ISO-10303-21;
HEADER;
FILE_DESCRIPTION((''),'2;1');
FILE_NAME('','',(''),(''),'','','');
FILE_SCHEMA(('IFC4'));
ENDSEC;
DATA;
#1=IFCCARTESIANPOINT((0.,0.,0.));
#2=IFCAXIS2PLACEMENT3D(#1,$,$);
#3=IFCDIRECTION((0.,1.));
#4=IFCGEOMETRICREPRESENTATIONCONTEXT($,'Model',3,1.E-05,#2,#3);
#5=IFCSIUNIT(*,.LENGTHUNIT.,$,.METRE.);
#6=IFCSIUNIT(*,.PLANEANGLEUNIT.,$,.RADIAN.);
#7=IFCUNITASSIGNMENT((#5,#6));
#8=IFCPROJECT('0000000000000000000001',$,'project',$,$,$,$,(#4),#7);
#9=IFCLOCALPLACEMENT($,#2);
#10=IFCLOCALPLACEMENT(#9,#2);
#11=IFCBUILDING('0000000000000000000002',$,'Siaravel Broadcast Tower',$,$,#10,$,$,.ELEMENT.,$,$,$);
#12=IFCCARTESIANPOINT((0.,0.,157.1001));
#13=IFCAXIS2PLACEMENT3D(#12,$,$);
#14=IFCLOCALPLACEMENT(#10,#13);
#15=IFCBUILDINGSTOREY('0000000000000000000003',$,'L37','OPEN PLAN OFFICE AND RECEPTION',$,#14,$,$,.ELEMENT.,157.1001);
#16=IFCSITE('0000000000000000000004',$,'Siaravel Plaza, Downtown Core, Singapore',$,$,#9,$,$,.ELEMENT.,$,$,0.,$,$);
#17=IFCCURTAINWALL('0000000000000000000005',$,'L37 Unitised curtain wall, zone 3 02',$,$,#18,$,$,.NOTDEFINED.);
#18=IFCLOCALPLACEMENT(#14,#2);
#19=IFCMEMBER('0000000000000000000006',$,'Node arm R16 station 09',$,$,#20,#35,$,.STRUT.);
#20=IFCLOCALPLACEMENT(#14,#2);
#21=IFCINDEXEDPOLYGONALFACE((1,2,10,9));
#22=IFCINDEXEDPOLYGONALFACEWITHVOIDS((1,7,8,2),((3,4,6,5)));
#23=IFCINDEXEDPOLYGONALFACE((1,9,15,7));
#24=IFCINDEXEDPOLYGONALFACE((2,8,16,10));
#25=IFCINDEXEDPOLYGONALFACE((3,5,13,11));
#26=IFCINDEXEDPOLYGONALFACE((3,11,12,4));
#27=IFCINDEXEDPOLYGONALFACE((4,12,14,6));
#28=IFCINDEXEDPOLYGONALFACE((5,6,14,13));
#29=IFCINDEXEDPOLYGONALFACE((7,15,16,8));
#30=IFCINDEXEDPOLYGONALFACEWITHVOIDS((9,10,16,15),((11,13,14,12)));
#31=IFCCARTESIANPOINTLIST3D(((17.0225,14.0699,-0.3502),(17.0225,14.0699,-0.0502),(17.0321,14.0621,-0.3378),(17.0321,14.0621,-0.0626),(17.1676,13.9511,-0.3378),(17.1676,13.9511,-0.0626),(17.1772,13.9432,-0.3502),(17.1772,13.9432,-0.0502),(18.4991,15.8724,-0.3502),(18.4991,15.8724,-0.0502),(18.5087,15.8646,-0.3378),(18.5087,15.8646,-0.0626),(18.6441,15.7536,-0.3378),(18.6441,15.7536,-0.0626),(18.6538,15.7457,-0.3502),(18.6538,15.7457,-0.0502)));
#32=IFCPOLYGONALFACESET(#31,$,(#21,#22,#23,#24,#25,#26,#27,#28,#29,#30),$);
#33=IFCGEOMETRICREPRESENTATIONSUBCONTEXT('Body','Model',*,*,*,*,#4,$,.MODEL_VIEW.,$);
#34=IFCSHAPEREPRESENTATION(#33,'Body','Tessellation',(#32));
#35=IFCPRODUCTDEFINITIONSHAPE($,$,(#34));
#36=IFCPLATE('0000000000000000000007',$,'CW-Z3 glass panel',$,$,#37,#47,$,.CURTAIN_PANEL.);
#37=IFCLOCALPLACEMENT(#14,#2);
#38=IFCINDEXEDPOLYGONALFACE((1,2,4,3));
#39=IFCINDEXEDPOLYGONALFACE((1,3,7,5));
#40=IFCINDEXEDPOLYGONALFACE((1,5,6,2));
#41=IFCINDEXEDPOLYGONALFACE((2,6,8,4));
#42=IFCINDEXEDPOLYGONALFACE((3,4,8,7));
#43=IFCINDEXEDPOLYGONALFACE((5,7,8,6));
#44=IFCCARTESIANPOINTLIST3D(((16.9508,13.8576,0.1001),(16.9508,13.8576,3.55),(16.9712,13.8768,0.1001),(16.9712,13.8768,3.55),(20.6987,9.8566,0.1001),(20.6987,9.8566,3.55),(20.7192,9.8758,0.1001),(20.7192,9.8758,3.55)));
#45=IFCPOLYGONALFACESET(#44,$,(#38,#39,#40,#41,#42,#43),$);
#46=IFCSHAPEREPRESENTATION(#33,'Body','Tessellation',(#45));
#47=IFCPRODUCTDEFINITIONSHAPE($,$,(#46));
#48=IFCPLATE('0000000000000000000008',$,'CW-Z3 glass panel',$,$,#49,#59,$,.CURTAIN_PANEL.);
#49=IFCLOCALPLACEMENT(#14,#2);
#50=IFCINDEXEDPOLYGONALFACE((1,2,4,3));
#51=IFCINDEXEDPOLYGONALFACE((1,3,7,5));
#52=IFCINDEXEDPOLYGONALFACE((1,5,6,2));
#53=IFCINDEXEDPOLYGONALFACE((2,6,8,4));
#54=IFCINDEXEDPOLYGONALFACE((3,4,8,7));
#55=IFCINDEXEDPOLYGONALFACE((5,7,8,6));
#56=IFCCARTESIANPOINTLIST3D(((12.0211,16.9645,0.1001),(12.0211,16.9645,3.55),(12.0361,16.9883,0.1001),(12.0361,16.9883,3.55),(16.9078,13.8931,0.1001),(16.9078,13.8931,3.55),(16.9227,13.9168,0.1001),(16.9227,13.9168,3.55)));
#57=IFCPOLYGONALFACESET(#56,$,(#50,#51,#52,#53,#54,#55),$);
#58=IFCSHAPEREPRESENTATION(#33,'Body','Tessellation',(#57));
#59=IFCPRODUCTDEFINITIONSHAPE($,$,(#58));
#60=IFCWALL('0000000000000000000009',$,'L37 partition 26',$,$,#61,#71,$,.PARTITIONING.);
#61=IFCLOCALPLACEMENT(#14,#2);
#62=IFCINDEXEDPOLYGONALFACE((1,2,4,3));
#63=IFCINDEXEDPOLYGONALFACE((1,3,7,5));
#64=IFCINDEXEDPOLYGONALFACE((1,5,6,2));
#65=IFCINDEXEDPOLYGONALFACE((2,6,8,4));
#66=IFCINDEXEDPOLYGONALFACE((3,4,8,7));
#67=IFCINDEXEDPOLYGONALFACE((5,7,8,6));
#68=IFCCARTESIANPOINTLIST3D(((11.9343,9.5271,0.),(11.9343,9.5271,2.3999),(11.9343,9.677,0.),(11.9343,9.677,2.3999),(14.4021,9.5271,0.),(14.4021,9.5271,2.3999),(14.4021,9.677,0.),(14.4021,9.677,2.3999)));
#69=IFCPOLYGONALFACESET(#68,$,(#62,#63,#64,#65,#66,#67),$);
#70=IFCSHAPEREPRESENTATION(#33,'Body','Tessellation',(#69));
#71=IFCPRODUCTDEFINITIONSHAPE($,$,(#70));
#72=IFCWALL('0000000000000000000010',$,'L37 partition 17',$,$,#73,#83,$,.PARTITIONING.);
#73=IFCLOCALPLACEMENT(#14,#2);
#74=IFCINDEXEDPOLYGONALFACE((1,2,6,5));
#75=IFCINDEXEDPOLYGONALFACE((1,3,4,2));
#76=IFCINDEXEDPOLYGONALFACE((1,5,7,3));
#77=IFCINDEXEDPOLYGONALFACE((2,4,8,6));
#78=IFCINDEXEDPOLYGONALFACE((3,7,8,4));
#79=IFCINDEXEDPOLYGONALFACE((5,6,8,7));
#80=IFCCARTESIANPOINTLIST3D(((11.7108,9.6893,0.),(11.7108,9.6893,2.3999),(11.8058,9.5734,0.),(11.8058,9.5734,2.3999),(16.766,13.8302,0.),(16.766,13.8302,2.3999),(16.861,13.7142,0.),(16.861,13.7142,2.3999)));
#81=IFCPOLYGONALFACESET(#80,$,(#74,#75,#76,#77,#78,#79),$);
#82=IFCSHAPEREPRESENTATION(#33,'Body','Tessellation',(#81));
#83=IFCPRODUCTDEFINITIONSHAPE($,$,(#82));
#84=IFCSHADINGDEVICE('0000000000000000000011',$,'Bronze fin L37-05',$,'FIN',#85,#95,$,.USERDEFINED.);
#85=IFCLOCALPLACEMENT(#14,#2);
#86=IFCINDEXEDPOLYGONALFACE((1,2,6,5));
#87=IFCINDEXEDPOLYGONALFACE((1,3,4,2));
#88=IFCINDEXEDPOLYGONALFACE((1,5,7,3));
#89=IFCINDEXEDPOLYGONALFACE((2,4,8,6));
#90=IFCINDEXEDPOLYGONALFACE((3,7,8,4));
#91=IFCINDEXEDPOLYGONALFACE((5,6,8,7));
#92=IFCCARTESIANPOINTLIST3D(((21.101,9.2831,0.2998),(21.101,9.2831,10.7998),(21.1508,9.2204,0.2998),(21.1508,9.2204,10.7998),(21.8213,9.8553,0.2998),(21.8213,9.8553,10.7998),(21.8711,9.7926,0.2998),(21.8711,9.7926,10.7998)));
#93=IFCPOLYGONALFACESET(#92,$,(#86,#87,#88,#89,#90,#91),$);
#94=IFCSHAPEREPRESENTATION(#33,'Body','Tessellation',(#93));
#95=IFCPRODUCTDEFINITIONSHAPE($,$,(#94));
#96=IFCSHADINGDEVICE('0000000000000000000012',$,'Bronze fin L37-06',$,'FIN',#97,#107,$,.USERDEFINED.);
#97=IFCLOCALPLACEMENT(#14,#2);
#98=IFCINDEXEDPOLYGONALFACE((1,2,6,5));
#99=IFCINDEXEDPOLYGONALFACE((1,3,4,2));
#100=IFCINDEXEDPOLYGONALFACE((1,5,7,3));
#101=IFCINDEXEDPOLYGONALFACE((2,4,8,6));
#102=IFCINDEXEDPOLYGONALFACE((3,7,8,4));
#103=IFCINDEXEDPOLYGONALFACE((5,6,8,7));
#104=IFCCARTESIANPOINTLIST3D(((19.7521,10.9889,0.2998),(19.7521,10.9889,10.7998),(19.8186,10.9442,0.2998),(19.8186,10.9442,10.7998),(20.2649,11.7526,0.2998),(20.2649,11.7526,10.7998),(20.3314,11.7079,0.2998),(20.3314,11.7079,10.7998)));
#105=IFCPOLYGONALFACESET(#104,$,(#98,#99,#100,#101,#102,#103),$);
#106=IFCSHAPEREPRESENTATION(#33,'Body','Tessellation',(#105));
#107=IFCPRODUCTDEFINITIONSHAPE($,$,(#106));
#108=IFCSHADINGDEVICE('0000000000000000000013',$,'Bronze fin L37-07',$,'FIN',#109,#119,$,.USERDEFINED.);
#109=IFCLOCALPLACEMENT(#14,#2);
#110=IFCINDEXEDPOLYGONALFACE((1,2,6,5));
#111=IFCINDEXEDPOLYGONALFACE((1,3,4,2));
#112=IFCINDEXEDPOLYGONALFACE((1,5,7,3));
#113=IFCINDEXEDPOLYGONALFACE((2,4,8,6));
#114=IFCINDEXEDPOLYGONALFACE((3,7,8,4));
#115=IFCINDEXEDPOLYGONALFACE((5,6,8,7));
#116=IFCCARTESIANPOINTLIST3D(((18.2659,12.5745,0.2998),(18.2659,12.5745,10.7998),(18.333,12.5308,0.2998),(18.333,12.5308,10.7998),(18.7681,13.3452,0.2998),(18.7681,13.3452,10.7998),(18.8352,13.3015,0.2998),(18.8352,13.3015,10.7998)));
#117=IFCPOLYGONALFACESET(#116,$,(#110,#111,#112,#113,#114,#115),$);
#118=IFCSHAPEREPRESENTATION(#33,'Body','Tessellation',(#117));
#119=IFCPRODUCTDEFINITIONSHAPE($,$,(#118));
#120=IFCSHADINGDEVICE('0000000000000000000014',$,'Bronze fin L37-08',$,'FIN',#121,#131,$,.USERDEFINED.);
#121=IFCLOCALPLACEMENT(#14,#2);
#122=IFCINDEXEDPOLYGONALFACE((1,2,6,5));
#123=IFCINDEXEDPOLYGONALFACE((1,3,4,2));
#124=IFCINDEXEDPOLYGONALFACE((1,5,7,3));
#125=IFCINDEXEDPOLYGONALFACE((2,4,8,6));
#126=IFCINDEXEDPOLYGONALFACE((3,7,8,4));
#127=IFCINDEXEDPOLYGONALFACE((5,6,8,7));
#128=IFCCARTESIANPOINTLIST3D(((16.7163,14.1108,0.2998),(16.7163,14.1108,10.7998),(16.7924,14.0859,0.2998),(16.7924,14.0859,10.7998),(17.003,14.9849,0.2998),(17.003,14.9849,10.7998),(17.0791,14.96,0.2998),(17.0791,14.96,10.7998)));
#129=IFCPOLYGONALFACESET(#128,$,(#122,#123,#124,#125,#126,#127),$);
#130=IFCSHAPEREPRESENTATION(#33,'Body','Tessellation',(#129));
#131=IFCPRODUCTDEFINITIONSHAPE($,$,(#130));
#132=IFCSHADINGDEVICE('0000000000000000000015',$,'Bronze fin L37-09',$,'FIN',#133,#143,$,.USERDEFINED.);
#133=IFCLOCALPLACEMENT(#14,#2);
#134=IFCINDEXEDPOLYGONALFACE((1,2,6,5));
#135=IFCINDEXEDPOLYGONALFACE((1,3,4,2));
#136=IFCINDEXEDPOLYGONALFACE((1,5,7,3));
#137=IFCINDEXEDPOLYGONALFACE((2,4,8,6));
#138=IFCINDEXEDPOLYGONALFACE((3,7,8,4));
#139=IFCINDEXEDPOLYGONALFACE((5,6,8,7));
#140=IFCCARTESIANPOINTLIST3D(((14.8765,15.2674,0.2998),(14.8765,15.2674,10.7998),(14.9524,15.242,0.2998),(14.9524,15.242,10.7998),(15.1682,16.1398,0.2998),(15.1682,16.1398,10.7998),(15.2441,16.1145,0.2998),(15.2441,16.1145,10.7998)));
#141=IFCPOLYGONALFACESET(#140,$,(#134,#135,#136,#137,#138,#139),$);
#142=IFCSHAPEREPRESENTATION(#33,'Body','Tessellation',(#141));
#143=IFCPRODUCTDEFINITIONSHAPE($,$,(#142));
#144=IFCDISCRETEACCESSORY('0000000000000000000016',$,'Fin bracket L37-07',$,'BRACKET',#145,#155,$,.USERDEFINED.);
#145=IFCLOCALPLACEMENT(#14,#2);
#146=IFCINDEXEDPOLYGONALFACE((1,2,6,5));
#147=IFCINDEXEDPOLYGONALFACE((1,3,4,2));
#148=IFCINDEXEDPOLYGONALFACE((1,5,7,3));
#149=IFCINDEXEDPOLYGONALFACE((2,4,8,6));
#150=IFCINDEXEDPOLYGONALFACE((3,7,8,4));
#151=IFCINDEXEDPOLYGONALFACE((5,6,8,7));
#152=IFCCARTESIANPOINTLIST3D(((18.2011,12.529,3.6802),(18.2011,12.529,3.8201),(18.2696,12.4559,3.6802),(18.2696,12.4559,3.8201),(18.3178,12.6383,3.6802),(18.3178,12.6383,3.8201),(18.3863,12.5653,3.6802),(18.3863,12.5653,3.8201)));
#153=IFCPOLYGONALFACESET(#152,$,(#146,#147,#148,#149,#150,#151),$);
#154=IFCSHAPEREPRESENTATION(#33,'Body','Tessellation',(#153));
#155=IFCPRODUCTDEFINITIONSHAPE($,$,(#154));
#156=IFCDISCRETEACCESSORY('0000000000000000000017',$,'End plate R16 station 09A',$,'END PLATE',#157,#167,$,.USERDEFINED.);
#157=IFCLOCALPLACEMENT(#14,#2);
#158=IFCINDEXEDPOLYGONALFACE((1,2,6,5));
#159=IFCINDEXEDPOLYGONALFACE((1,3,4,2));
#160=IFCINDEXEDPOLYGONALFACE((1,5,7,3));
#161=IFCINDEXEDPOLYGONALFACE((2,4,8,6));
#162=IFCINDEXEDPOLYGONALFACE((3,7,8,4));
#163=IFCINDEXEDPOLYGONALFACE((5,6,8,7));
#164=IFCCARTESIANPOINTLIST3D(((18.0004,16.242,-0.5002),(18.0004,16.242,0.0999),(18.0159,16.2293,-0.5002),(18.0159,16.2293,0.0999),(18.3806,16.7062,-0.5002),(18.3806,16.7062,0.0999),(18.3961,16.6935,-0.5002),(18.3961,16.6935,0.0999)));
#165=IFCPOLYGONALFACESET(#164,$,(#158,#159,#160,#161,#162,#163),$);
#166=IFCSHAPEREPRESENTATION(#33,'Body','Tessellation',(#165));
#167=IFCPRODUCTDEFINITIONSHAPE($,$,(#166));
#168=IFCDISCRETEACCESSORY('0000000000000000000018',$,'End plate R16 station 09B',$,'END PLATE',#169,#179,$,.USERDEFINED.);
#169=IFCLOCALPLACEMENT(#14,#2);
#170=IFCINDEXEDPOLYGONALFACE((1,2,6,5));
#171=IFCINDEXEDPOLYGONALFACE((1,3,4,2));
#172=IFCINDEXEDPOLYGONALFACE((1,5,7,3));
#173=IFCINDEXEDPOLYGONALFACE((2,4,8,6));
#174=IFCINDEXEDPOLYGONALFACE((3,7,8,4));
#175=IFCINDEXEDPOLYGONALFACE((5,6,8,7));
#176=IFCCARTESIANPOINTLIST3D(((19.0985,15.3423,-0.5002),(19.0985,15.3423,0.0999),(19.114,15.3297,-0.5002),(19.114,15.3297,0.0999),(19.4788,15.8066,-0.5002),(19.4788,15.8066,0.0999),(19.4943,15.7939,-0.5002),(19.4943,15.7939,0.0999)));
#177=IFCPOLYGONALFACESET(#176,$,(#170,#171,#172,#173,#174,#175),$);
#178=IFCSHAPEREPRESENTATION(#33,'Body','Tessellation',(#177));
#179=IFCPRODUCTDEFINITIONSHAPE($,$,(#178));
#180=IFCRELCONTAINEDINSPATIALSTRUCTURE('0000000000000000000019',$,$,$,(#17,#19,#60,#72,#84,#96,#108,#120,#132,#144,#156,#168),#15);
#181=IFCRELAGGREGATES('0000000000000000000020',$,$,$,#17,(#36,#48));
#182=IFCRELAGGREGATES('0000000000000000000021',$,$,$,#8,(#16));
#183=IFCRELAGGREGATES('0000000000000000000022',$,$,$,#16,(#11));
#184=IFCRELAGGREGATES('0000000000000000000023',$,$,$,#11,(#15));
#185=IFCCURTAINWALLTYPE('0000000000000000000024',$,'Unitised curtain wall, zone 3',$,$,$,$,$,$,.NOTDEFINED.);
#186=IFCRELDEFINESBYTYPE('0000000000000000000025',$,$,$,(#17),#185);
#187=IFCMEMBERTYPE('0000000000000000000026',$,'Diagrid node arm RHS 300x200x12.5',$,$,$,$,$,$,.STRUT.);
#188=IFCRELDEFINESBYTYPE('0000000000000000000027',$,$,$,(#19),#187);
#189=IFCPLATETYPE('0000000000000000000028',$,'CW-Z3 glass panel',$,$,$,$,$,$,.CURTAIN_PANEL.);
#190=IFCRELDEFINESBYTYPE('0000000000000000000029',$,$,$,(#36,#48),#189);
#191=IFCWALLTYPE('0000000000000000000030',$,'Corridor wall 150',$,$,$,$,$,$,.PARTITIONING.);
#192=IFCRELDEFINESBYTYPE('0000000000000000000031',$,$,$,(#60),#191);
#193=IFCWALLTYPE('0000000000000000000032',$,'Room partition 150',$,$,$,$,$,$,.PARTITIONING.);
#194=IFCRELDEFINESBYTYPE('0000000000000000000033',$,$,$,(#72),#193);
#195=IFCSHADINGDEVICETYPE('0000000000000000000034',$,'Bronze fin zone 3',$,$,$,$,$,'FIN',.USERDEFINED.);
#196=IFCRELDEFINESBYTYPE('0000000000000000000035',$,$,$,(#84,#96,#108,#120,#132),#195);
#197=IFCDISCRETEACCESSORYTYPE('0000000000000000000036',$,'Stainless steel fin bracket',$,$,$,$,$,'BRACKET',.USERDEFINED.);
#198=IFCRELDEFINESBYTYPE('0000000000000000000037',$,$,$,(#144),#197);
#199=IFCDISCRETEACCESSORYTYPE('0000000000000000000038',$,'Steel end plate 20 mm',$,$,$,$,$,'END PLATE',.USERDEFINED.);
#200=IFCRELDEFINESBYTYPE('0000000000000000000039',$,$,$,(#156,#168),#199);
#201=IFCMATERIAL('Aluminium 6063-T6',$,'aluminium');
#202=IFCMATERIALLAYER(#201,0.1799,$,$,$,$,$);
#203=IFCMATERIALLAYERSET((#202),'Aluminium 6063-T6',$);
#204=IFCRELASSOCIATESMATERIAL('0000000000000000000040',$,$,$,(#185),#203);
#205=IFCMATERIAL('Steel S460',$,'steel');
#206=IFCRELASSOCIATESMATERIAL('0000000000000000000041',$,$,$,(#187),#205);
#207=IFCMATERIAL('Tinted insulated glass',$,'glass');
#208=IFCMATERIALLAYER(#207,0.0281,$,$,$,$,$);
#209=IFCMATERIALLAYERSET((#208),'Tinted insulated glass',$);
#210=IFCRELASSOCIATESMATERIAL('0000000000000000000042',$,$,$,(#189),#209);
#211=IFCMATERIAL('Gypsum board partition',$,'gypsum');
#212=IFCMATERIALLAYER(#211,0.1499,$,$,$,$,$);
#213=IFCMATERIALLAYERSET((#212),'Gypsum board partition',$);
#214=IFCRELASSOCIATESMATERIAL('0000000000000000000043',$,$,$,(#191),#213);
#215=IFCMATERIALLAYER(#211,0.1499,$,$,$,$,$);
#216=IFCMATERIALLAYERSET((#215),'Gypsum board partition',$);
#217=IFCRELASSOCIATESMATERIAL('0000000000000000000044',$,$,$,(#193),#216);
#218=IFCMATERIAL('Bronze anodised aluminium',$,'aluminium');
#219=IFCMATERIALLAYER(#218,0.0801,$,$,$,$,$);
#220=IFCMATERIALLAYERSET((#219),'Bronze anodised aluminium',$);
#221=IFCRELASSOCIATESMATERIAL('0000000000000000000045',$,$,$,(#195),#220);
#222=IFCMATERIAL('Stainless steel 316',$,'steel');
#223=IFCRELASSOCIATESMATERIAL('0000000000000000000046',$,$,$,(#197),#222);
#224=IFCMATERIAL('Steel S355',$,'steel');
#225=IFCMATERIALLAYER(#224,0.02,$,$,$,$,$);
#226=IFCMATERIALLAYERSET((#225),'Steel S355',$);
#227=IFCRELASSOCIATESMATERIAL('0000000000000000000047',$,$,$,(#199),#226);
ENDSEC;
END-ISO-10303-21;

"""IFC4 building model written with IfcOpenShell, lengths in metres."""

from ifc_helpers import new_model, si_unit, direction, frame, frame_2d, origin, origin_2d, place, context, subcontext, project, spatial, rectangle, hollow_rectangle, extrude, material, layer, layer_set, material_profile, profile_set, type_object, element, aggregate, save


model = new_model("IFC4")

# Units and contexts
model_context = context("Model", 3, precision=1e-05, world=origin(), true_north=direction((0.0, 1.0)))
body_context = subcontext(model_context, "Body", "Model", "MODEL_VIEW")
ifc_project = project(units=[si_unit("LENGTHUNIT", "METRE"), si_unit("PLANEANGLEUNIT", "RADIAN")], contexts=[model_context])

# Site, building, storey
site_placement = place(None, origin())
site = spatial("IfcSite", under=ifc_project, at=site_placement, Name="Siaravel Plaza, Downtown Core, Singapore", CompositionType="ELEMENT", RefElevation=0.0)
building_placement = place(site_placement, origin())
building = spatial("IfcBuilding", under=site, at=building_placement, Name="Siaravel Broadcast Tower", CompositionType="ELEMENT")
storey_placement = place(building_placement, frame((0.0, 0.0, 157.1001)))
storey = spatial("IfcBuildingStorey", under=building, at=storey_placement, Name="L37", Description="OPEN PLAN OFFICE AND RECEPTION", CompositionType="ELEMENT", Elevation=157.1001)

# Shared definitions
ifc_material_1 = material(Name="Steel S355", Category="steel")

# Shared definitions
ifc_material_2 = material(Name="Aluminium 6063-T6", Category="aluminium")
ifc_layer_1 = layer(ifc_material_2, 0.1799)
ifc_layer_set_1 = layer_set([ifc_layer_1], Name="Aluminium 6063-T6")
curtain_wall_type = type_object("IfcCurtainWallType", Name="Unitised curtain wall, zone 3", PredefinedType="NOTDEFINED", material=ifc_layer_set_1)

# Curtain wall
curtain_wall_1_placement = place(storey_placement, origin())
curtain_wall_1 = element("IfcCurtainWall", 1, at=curtain_wall_1_placement, inside=storey, type_object=curtain_wall_type, Name="L37 Unitised curtain wall, zone 3 02", PredefinedType="NOTDEFINED")

# Member
ifc_material_3 = material(Name="Steel S460", Category="steel")
ifc_material_profile_1 = material_profile(ifc_material_3, hollow_rectangle(XDim=0.2, YDim=0.3, WallThickness=0.0125, at=origin_2d()))
ifc_profile_set_1 = profile_set([ifc_material_profile_1], Name="Steel S460")
member_type_1 = type_object("IfcMemberType", Name="Diagrid node arm RHS 300x200x12.5", PredefinedType="STRUT", material=ifc_profile_set_1)
member_1_placement = place(storey_placement, frame((17.0999, 14.0066, -0.2002), z_axis=(0.6337, 0.773579, 0.0), x_axis=(-0.773579, 0.6337, 0.0)))
element("IfcMember", 2, at=member_1_placement, inside=storey, type_object=member_type_1, Name="Node arm R16 station 09", PredefinedType="STRUT", context=body_context, shape_type="SweptSolid", body=[
    extrude(hollow_rectangle(XDim=0.2, YDim=0.3, WallThickness=0.0125, at=origin_2d()), origin(), (0.0, 0.0, 1.0), 2.3301),
])

# Plates
ifc_material_4 = material(Name="Tinted insulated glass", Category="glass")
ifc_layer_2 = layer(ifc_material_4, 0.0281)
ifc_layer_set_2 = layer_set([ifc_layer_2], Name="Tinted insulated glass")
plate_type = type_object("IfcPlateType", Name="CW-Z3 glass panel", PredefinedType="CURTAIN_PANEL", material=ifc_layer_set_2)
plate_1_placement = place(storey_placement, frame((18.835, 11.8667, 0.1001), z_axis=(0.0, 0.0, 1.0), x_axis=(-0.683654, 0.729806, 0.0)))
plate_1 = element("IfcPlate", 3, at=plate_1_placement, type_object=plate_type, Name="CW-Z3 glass panel", PredefinedType="CURTAIN_PANEL", context=body_context, shape_type="SweptSolid", body=[
    extrude(rectangle(XDim=5.4822, YDim=0.0281, at=origin_2d()), origin(), (0.0, 0.0, 1.0), 3.45),
])
plate_2_placement = place(storey_placement, frame((14.4719, 15.4407, 0.1001), z_axis=(0.0, 0.0, 1.0), x_axis=(-0.84665, 0.53215, 0.0)))
plate_2 = element("IfcPlate", 4, at=plate_2_placement, type_object=plate_type, Name="CW-Z3 glass panel", PredefinedType="CURTAIN_PANEL", context=body_context, shape_type="SweptSolid", body=[
    extrude(rectangle(XDim=5.7717, YDim=0.0281, at=origin_2d()), origin(), (0.0, 0.0, 1.0), 3.45),
])
aggregate(curtain_wall_1, [plate_1, plate_2])

# Walls
ifc_material_5 = material(Name="Gypsum board partition", Category="gypsum")
ifc_layer_3 = layer(ifc_material_5, 0.1499)
ifc_layer_set_3 = layer_set([ifc_layer_3], Name="Gypsum board partition")
wall_type_1 = type_object("IfcWallType", Name="Corridor wall 150", PredefinedType="PARTITIONING", material=ifc_layer_set_3)
wall_1_placement = place(storey_placement, frame((14.4021, 9.6021, 0.0), z_axis=(0.0, 0.0, 1.0), x_axis=(-1.0, 0.0, 0.0)))
element("IfcWall", 5, at=wall_1_placement, inside=storey, type_object=wall_type_1, Name="L37 partition 26", PredefinedType="PARTITIONING", context=body_context, shape_type="SweptSolid", body=[
    extrude(rectangle(XDim=2.4678, YDim=0.1499, at=frame_2d((1.2339, 0.0))), origin(), (0.0, 0.0, 1.0), 2.3999),
])
ifc_layer_4 = layer(ifc_material_5, 0.1499)
ifc_layer_set_4 = layer_set([ifc_layer_4], Name="Gypsum board partition")
wall_type_2 = type_object("IfcWallType", Name="Room partition 150", PredefinedType="PARTITIONING", material=ifc_layer_set_4)
wall_2_placement = place(storey_placement, frame((16.8135, 13.7722, 0.0), z_axis=(0.0, 0.0, 1.0), x_axis=(-0.773596, -0.633679, 0.0)))
element("IfcWall", 6, at=wall_2_placement, inside=storey, type_object=wall_type_2, Name="L37 partition 17", PredefinedType="PARTITIONING", context=body_context, shape_type="SweptSolid", body=[
    extrude(rectangle(XDim=6.5347, YDim=0.1499, at=frame_2d((3.2673, 0.0))), origin(), (0.0, 0.0, 1.0), 2.3999),
])

# Shading devices
ifc_material_6 = material(Name="Bronze anodised aluminium", Category="aluminium")
ifc_layer_5 = layer(ifc_material_6, 0.0801)
ifc_layer_set_5 = layer_set([ifc_layer_5], Name="Bronze anodised aluminium")
shading_device_type = type_object("IfcShadingDeviceType", Name="Bronze fin zone 3", ElementType="FIN", PredefinedType="USERDEFINED", material=ifc_layer_set_5)
for number, where, z_axis, x_axis, name in (
    (7, (21.4861, 9.5378, 0.2998), (0.0, 0.0, 1.0), (0.783006, 0.622015, 0.0), "Bronze fin L37-05"),
    (8, (20.0417, 11.3484, 0.2998), (0.0, 0.0, 1.0), (0.557509, 0.830171, 0.0), "Bronze fin L37-06"),
    (9, (18.5505, 12.938, 0.2998), (0.0, 0.0, 1.0), (0.545962, 0.83781, 0.0), "Bronze fin L37-07"),
    (10, (16.8977, 14.5354, 0.2998), (0.0, 0.0, 1.0), (0.31159, 0.950217, 0.0), "Bronze fin L37-08"),
    (11, (15.0603, 15.6909, 0.2998), (0.0, 0.0, 1.0), (0.31705, 0.948409, 0.0), "Bronze fin L37-09"),
):
    element("IfcShadingDevice", number, at=place(storey_placement, frame(where, z_axis=z_axis, x_axis=x_axis)), inside=storey, type_object=shading_device_type, Name=name, ObjectType="FIN", PredefinedType="USERDEFINED", context=body_context, shape_type="SweptSolid", body=[
        extrude(rectangle(XDim=0.9199, YDim=0.0801, at=origin_2d()), origin(), (0.0, 0.0, 1.0), 10.5),
    ])

# Discrete accessories
ifc_material_7 = material(Name="Stainless steel 316", Category="steel")
discrete_accessory_type_1 = type_object("IfcDiscreteAccessoryType", Name="Stainless steel fin bracket", ElementType="BRACKET", PredefinedType="USERDEFINED", material=ifc_material_7)
discrete_accessory_placement = place(storey_placement, frame((18.2937, 12.5471, 3.6802), z_axis=(0.0, 0.0, 1.0), x_axis=(0.729806, 0.683655, 0.0)))
element("IfcDiscreteAccessory", 12, at=discrete_accessory_placement, inside=storey, type_object=discrete_accessory_type_1, Name="Fin bracket L37-07", ObjectType="BRACKET", PredefinedType="USERDEFINED", context=body_context, shape_type="SweptSolid", body=[
    extrude(rectangle(XDim=0.1599, YDim=0.1001, at=origin_2d()), origin(), (0.0, 0.0, 1.0), 0.1399),
])
ifc_layer_6 = layer(ifc_material_1, 0.02)
ifc_layer_set_6 = layer_set([ifc_layer_6], Name="Steel S355")
discrete_accessory_type_2 = type_object("IfcDiscreteAccessoryType", Name="Steel end plate 20 mm", ElementType="END PLATE", PredefinedType="USERDEFINED", material=ifc_layer_set_6)
for number, where, z_axis, x_axis, name in (
    (13, (18.1982, 16.4678, -0.5002), (0.0, 0.0, 1.0), (-0.773605, 0.633669, 0.0), "End plate R16 station 09A"),
    (14, (19.2964, 15.5681, -0.5002), (0.0, 0.0, 1.0), (-0.773605, 0.633669, 0.0), "End plate R16 station 09B"),
):
    element("IfcDiscreteAccessory", number, at=place(storey_placement, frame(where, z_axis=z_axis, x_axis=x_axis)), inside=storey, type_object=discrete_accessory_type_2, Name=name, ObjectType="END PLATE", PredefinedType="USERDEFINED", context=body_context, shape_type="SweptSolid", body=[
        extrude(rectangle(XDim=0.02, YDim=0.6001, at=origin_2d()), origin(), (0.0, 0.0, 1.0), 0.6001),
    ])

save(model, "model.ifc")
